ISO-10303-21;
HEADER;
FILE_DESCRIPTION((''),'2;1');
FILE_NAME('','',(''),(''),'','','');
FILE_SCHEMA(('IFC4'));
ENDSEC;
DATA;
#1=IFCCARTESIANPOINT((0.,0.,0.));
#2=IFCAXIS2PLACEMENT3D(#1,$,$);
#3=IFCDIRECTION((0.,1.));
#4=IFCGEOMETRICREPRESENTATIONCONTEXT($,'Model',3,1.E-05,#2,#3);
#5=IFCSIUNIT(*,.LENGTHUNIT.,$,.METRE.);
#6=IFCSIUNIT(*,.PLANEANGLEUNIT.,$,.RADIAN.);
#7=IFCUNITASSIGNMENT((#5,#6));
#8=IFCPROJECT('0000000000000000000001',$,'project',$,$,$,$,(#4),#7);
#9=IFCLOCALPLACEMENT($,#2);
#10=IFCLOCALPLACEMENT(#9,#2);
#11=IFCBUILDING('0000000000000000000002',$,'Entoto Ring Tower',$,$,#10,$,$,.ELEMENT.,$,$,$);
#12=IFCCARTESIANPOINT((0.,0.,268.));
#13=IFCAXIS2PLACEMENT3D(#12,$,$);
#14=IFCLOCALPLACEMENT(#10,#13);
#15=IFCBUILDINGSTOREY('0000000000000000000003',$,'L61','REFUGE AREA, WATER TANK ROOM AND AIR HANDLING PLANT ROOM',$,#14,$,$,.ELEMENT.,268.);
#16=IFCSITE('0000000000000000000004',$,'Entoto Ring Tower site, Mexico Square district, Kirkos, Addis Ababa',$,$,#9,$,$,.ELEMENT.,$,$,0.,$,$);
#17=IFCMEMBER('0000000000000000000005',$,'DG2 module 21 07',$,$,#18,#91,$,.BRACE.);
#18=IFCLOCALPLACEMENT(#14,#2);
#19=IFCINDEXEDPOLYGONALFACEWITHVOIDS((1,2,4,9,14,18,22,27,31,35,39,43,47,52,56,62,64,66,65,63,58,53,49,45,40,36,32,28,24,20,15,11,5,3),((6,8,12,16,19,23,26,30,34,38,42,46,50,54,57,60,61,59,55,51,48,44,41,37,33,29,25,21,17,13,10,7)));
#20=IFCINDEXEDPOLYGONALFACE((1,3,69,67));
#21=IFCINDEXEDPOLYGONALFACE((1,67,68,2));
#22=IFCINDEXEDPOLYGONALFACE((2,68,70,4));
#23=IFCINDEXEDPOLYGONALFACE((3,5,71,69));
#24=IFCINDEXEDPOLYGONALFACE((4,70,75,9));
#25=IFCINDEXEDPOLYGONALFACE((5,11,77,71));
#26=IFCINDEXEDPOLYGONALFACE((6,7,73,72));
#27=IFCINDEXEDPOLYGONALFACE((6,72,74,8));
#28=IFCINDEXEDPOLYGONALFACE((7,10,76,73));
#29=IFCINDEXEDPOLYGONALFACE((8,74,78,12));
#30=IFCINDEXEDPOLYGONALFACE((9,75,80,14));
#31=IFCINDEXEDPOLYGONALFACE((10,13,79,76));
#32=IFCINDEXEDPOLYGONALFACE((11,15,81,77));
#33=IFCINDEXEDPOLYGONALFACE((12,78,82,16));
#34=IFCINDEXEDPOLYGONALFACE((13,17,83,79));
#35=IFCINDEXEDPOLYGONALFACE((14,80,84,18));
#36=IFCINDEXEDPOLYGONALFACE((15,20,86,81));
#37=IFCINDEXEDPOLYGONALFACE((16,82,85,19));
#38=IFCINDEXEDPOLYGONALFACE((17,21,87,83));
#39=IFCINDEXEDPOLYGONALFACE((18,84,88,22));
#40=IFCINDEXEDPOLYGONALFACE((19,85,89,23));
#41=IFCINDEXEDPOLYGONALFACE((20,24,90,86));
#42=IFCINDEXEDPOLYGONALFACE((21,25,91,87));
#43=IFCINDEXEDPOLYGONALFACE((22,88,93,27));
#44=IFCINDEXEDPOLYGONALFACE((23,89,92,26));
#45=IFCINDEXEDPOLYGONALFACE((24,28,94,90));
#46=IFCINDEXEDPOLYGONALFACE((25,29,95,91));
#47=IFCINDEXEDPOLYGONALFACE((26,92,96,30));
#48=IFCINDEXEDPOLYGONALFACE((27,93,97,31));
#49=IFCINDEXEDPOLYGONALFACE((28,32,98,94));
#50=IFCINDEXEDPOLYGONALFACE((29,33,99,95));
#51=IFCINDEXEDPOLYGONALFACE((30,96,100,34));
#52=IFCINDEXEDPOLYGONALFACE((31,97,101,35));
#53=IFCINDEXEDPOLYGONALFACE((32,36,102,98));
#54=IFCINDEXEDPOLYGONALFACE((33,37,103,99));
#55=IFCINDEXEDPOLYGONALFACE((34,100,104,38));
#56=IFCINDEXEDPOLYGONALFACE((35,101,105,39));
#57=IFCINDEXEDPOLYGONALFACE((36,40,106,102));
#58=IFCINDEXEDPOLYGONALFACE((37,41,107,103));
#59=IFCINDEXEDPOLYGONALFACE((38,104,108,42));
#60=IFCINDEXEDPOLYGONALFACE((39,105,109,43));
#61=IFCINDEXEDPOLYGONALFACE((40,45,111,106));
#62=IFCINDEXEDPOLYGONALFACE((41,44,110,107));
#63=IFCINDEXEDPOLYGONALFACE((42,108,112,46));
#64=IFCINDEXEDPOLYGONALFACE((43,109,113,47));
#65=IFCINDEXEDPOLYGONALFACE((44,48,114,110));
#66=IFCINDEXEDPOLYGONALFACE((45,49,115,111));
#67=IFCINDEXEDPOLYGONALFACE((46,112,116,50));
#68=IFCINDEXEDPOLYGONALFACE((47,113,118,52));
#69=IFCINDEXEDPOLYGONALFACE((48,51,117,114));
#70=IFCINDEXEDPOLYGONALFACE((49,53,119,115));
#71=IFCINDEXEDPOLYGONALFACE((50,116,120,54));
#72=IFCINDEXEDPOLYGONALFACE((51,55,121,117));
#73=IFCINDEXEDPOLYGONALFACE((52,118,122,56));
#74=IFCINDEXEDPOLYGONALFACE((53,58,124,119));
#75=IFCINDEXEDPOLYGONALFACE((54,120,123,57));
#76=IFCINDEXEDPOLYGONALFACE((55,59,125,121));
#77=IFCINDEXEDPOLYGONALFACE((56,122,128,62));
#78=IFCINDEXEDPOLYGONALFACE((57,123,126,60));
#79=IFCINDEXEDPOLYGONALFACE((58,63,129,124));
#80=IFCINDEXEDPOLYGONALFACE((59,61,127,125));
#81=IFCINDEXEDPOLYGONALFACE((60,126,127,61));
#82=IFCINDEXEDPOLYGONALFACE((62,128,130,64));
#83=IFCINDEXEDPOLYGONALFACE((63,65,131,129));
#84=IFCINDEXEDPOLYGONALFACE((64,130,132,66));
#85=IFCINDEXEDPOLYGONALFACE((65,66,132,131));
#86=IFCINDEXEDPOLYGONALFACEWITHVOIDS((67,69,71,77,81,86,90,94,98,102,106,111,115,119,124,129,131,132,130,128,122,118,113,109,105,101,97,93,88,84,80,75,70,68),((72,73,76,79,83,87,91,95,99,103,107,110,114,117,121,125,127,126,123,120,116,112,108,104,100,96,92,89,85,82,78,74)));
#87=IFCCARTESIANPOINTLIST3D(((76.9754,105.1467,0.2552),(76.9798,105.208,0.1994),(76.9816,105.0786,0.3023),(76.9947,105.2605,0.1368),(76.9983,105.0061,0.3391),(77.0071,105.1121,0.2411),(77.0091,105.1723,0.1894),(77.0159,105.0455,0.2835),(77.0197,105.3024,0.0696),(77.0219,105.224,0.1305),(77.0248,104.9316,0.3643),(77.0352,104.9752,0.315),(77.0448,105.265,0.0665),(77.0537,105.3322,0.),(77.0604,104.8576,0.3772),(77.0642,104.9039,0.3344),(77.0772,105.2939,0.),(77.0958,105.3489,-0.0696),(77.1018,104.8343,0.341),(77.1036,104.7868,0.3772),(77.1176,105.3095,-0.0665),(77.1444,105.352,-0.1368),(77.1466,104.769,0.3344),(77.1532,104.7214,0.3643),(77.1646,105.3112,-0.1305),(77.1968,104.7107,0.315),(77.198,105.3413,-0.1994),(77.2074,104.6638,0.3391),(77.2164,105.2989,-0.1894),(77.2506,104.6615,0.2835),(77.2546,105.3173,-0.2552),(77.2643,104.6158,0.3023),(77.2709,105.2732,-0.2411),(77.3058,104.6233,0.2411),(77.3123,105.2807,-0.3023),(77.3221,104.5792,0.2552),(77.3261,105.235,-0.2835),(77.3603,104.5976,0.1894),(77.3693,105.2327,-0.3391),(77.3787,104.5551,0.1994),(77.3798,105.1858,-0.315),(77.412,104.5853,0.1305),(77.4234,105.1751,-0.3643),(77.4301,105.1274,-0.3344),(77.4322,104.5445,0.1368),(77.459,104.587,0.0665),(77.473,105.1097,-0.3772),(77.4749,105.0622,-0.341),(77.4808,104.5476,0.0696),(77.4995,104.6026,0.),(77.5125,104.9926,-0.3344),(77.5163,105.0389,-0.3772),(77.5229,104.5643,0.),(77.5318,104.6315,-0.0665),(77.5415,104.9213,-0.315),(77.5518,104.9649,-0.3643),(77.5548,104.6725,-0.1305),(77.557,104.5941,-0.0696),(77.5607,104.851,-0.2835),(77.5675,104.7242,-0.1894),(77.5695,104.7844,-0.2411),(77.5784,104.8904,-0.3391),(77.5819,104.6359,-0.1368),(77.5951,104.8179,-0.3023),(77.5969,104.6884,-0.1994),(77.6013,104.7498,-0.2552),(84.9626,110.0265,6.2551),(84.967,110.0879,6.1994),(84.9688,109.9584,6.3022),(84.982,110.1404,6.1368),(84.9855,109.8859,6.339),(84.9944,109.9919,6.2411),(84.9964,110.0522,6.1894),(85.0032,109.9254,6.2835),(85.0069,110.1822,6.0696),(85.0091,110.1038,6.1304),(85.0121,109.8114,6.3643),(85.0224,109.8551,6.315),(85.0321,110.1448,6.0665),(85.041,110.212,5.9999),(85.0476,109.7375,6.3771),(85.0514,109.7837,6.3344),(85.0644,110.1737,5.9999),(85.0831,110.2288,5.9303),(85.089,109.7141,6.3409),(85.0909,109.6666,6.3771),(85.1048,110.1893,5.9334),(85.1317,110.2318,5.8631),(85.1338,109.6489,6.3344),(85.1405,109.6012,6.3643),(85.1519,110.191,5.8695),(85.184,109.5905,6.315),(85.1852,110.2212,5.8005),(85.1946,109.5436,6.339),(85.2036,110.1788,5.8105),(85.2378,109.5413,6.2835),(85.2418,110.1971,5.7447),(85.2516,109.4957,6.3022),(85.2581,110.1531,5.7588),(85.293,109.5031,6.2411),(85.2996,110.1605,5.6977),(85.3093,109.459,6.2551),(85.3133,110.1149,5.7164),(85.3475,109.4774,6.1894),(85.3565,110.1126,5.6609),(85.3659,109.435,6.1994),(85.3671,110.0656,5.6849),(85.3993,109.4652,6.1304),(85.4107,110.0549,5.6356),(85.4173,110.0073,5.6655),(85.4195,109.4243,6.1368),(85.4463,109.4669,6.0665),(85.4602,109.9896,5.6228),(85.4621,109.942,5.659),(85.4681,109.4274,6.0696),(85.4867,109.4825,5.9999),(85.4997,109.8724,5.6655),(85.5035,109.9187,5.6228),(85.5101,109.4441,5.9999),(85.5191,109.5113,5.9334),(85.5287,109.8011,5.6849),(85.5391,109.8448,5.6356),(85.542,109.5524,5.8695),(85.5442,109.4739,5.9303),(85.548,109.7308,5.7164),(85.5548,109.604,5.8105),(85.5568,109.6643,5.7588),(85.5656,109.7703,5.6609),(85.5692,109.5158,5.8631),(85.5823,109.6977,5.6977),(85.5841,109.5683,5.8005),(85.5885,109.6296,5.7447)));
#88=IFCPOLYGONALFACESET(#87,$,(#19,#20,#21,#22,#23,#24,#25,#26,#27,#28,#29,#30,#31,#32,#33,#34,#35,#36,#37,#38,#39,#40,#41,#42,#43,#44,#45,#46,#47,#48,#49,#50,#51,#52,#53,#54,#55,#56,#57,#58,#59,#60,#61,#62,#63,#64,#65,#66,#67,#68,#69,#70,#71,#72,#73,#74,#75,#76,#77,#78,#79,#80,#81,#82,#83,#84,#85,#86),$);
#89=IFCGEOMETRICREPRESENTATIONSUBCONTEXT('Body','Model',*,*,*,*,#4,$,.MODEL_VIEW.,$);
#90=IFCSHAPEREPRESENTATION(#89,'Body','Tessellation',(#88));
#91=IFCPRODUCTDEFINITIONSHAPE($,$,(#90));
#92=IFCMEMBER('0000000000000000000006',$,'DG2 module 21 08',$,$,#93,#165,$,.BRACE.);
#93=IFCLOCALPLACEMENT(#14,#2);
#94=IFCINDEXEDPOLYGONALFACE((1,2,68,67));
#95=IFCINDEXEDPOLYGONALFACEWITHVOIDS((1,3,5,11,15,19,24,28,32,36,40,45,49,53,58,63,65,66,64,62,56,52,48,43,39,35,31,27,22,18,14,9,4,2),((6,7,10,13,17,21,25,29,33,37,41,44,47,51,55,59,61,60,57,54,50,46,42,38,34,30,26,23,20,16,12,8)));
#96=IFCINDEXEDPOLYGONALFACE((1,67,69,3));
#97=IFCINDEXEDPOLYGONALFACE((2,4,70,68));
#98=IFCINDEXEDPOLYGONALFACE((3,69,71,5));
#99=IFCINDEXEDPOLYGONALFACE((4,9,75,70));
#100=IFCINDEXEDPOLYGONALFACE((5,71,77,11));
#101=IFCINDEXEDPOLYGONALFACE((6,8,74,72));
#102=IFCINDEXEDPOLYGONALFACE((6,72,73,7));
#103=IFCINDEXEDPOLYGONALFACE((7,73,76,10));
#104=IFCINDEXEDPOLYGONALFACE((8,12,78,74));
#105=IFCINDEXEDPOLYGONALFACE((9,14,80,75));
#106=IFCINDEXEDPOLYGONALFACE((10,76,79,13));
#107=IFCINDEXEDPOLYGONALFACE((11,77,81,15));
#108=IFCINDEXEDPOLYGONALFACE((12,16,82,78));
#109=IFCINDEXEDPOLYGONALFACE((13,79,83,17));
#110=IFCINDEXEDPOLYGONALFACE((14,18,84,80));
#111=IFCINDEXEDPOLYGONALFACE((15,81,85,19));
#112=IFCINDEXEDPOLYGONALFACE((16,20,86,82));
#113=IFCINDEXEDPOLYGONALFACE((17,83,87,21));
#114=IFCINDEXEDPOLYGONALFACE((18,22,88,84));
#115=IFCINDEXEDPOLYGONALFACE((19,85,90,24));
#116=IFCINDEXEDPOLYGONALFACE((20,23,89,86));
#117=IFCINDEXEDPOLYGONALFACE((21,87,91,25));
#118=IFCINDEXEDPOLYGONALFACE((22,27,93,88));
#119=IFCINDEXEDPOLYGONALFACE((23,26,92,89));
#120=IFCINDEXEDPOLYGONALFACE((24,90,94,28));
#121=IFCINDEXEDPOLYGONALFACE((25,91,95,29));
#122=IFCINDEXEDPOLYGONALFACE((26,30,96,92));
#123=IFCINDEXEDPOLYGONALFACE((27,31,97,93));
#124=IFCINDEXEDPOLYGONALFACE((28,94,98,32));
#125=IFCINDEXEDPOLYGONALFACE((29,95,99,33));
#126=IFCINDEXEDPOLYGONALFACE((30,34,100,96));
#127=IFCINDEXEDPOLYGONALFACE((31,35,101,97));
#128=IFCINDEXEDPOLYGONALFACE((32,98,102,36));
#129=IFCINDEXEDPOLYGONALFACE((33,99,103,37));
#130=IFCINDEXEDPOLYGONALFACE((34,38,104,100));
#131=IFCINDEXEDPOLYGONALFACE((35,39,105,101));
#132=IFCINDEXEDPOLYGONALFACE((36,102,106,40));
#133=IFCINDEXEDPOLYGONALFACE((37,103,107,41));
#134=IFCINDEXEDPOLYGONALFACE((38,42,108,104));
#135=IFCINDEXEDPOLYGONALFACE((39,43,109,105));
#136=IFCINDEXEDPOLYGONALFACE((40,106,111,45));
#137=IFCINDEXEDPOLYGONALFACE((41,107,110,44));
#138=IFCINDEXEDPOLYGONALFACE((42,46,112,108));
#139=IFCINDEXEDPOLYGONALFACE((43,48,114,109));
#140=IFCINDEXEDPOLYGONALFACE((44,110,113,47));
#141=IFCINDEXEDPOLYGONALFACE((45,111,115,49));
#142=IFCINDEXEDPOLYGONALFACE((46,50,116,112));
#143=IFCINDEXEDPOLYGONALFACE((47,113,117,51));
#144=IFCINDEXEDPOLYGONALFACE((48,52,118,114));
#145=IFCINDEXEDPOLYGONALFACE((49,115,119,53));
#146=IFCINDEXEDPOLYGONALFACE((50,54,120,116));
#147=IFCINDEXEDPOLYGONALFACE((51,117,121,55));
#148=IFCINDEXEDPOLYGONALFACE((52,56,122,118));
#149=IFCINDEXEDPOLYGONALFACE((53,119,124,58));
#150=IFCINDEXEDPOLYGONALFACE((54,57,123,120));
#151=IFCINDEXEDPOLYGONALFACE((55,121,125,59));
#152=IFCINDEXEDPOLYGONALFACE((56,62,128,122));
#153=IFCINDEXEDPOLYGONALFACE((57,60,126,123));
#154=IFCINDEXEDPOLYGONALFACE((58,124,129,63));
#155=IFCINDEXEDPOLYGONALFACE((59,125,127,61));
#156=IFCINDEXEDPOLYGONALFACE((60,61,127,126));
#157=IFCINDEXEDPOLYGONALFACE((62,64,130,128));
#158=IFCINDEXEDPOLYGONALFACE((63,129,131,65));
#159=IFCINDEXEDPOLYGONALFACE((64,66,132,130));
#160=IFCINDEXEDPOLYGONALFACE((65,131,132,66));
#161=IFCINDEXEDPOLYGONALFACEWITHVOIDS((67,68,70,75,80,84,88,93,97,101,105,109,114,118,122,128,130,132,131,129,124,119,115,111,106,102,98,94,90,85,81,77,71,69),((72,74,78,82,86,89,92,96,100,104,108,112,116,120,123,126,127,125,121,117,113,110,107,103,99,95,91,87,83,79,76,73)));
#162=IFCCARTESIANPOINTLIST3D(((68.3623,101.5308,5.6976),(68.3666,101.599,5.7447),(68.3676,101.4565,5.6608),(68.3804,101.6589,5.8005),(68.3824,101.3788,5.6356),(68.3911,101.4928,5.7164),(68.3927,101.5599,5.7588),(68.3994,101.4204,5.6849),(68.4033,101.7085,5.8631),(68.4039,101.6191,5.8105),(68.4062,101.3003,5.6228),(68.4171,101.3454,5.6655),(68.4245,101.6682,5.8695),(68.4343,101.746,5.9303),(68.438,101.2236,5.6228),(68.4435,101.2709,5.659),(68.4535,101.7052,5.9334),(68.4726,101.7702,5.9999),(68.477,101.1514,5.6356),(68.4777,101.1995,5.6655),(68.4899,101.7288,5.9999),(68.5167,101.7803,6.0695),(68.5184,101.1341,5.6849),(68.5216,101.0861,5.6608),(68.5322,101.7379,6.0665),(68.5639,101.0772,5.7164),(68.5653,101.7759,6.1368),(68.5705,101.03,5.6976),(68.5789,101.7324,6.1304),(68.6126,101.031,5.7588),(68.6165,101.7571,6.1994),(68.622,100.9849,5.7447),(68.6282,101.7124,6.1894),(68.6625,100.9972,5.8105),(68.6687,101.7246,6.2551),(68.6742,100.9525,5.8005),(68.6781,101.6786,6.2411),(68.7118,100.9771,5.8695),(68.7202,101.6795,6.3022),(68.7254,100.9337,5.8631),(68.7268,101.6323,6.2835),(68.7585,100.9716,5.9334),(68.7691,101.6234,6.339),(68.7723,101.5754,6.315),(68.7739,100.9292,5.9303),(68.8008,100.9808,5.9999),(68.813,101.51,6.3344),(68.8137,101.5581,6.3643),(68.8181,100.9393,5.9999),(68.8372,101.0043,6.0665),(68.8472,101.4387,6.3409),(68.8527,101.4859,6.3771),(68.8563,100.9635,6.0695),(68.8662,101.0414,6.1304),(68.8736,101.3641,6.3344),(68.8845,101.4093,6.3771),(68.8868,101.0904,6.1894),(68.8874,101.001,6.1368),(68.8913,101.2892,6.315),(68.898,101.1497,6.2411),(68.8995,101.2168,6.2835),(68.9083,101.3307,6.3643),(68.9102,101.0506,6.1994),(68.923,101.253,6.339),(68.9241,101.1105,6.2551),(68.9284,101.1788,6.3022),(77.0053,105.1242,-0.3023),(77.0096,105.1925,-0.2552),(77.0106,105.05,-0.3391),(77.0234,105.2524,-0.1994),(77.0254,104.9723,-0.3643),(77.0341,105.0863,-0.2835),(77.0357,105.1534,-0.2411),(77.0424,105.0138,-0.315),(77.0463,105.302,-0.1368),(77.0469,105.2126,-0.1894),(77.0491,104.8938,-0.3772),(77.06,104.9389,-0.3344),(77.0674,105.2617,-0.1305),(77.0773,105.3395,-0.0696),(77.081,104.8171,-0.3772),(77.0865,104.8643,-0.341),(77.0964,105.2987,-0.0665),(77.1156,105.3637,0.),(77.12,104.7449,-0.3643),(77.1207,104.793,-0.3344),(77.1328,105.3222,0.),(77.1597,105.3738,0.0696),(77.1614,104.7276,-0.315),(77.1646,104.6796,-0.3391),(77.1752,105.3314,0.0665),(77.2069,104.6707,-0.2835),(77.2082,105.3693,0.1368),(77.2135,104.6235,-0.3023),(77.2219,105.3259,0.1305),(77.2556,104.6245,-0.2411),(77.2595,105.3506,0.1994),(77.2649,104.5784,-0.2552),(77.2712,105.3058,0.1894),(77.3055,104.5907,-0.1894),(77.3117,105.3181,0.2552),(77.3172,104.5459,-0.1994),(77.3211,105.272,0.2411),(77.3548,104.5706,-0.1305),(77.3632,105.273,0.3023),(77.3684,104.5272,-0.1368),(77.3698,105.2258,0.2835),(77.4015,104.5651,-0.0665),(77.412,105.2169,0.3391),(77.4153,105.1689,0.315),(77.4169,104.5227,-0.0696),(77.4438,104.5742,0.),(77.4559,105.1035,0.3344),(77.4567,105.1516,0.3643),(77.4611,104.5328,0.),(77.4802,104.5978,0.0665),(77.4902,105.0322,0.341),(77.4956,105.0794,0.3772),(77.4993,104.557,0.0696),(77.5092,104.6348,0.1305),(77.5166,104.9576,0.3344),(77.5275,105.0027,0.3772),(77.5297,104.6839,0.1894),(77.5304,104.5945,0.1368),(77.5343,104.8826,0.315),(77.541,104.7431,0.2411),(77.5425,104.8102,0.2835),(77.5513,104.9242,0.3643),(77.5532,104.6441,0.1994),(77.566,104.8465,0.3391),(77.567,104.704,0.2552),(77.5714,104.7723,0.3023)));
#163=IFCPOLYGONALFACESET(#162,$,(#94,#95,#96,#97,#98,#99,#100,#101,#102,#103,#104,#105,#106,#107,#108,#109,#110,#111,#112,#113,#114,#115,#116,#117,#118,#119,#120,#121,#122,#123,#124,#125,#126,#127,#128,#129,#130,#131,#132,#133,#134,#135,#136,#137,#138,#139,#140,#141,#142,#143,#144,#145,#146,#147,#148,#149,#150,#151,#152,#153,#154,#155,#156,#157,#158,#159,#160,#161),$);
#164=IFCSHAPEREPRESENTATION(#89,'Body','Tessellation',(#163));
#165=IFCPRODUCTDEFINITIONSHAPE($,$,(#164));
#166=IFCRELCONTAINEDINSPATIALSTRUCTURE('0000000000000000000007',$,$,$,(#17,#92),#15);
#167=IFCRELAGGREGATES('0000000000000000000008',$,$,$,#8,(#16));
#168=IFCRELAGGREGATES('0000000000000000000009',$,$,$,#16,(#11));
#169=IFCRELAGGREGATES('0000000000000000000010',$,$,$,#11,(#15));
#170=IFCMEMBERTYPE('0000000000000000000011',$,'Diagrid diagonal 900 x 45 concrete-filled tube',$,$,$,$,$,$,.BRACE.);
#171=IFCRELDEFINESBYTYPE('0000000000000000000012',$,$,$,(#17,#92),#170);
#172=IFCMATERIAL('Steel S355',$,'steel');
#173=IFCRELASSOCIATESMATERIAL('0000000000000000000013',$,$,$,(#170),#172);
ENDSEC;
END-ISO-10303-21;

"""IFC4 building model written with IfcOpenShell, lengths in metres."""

from ifc_helpers import new_model, si_unit, direction, frame, origin, origin_2d, place, context, subcontext, project, spatial, circle, hollow_circle, extrude, material, material_profile, profile_set, type_object, element, save


model = new_model("IFC4")

# Units and contexts
model_context = context("Model", 3, precision=1e-05, world=origin(), true_north=direction((0.0, 1.0)))
body_context = subcontext(model_context, "Body", "Model", "MODEL_VIEW")
ifc_project = project(units=[si_unit("LENGTHUNIT", "METRE"), si_unit("PLANEANGLEUNIT", "RADIAN")], contexts=[model_context])

# Site, building, storey
site_placement = place(None, origin())
site = spatial("IfcSite", under=ifc_project, at=site_placement, Name="Entoto Ring Tower site, Mexico Square district, Kirkos, Addis Ababa", CompositionType="ELEMENT", RefElevation=0.0)
building_placement = place(site_placement, origin())
building = spatial("IfcBuilding", under=site, at=building_placement, Name="Entoto Ring Tower", CompositionType="ELEMENT")
storey_placement = place(building_placement, frame((0.0, 0.0, 268.0)))
storey = spatial("IfcBuildingStorey", under=building, at=storey_placement, Name="L61", Description="REFUGE AREA, WATER TANK ROOM AND AIR HANDLING PLANT ROOM", CompositionType="ELEMENT", Elevation=268.0)

# Members
ifc_material_1 = material(Name="Steel S355", Category="steel")
ifc_material_profile_1 = material_profile(ifc_material_1, hollow_circle(Radius=0.45, WallThickness=0.0449, at=origin_2d()), Name="CHS 900 x 45")
ifc_material_2 = material(Name="Concrete C60/75", Category="concrete")
ifc_material_profile_2 = material_profile(ifc_material_2, circle(Radius=0.405, at=origin_2d()), Name="Concrete C60/75 infill")
ifc_profile_set_1 = profile_set([ifc_material_profile_1, ifc_material_profile_2], Name="Steel S355")
member_type_1 = type_object("IfcMemberType", Name="Diagrid diagonal 900 x 45 concrete-filled tube", PredefinedType="BRACE", material=ifc_profile_set_1)
member_1_placement = place(storey_placement, frame((77.2883, 104.9482, 0.0), z_axis=(0.718411, 0.438917, 0.539665), x_axis=(-0.521353, 0.853341, 0.0)))
element("IfcMember", 1, at=member_1_placement, inside=storey, type_object=member_type_1, Name="DG2 module 21 07", PredefinedType="BRACE", context=body_context, shape_type="SweptSolid", body=[
    extrude(hollow_circle(Radius=0.45, WallThickness=0.0449, at=origin_2d()), origin(), (0.0, 0.0, 1.0), 11.1179),
])
for number, where, z_axis, x_axis, name in (
    (2, (77.2883, 104.9482, 0.0), (-0.777375, -0.323207, 0.539652), (0.383908, -0.923371, 0.0), "DG2 module 21 08"),
):
    element("IfcMember", number, at=place(storey_placement, frame(where, z_axis=z_axis, x_axis=x_axis)), inside=storey, type_object=member_type_1, Name=name, PredefinedType="BRACE", context=body_context, shape_type="SweptSolid", body=[
        extrude(hollow_circle(Radius=0.45, WallThickness=0.0449, at=origin_2d()), origin(), (0.0, 0.0, 1.0), 11.1182),
    ])

save(model, "model.ifc")
